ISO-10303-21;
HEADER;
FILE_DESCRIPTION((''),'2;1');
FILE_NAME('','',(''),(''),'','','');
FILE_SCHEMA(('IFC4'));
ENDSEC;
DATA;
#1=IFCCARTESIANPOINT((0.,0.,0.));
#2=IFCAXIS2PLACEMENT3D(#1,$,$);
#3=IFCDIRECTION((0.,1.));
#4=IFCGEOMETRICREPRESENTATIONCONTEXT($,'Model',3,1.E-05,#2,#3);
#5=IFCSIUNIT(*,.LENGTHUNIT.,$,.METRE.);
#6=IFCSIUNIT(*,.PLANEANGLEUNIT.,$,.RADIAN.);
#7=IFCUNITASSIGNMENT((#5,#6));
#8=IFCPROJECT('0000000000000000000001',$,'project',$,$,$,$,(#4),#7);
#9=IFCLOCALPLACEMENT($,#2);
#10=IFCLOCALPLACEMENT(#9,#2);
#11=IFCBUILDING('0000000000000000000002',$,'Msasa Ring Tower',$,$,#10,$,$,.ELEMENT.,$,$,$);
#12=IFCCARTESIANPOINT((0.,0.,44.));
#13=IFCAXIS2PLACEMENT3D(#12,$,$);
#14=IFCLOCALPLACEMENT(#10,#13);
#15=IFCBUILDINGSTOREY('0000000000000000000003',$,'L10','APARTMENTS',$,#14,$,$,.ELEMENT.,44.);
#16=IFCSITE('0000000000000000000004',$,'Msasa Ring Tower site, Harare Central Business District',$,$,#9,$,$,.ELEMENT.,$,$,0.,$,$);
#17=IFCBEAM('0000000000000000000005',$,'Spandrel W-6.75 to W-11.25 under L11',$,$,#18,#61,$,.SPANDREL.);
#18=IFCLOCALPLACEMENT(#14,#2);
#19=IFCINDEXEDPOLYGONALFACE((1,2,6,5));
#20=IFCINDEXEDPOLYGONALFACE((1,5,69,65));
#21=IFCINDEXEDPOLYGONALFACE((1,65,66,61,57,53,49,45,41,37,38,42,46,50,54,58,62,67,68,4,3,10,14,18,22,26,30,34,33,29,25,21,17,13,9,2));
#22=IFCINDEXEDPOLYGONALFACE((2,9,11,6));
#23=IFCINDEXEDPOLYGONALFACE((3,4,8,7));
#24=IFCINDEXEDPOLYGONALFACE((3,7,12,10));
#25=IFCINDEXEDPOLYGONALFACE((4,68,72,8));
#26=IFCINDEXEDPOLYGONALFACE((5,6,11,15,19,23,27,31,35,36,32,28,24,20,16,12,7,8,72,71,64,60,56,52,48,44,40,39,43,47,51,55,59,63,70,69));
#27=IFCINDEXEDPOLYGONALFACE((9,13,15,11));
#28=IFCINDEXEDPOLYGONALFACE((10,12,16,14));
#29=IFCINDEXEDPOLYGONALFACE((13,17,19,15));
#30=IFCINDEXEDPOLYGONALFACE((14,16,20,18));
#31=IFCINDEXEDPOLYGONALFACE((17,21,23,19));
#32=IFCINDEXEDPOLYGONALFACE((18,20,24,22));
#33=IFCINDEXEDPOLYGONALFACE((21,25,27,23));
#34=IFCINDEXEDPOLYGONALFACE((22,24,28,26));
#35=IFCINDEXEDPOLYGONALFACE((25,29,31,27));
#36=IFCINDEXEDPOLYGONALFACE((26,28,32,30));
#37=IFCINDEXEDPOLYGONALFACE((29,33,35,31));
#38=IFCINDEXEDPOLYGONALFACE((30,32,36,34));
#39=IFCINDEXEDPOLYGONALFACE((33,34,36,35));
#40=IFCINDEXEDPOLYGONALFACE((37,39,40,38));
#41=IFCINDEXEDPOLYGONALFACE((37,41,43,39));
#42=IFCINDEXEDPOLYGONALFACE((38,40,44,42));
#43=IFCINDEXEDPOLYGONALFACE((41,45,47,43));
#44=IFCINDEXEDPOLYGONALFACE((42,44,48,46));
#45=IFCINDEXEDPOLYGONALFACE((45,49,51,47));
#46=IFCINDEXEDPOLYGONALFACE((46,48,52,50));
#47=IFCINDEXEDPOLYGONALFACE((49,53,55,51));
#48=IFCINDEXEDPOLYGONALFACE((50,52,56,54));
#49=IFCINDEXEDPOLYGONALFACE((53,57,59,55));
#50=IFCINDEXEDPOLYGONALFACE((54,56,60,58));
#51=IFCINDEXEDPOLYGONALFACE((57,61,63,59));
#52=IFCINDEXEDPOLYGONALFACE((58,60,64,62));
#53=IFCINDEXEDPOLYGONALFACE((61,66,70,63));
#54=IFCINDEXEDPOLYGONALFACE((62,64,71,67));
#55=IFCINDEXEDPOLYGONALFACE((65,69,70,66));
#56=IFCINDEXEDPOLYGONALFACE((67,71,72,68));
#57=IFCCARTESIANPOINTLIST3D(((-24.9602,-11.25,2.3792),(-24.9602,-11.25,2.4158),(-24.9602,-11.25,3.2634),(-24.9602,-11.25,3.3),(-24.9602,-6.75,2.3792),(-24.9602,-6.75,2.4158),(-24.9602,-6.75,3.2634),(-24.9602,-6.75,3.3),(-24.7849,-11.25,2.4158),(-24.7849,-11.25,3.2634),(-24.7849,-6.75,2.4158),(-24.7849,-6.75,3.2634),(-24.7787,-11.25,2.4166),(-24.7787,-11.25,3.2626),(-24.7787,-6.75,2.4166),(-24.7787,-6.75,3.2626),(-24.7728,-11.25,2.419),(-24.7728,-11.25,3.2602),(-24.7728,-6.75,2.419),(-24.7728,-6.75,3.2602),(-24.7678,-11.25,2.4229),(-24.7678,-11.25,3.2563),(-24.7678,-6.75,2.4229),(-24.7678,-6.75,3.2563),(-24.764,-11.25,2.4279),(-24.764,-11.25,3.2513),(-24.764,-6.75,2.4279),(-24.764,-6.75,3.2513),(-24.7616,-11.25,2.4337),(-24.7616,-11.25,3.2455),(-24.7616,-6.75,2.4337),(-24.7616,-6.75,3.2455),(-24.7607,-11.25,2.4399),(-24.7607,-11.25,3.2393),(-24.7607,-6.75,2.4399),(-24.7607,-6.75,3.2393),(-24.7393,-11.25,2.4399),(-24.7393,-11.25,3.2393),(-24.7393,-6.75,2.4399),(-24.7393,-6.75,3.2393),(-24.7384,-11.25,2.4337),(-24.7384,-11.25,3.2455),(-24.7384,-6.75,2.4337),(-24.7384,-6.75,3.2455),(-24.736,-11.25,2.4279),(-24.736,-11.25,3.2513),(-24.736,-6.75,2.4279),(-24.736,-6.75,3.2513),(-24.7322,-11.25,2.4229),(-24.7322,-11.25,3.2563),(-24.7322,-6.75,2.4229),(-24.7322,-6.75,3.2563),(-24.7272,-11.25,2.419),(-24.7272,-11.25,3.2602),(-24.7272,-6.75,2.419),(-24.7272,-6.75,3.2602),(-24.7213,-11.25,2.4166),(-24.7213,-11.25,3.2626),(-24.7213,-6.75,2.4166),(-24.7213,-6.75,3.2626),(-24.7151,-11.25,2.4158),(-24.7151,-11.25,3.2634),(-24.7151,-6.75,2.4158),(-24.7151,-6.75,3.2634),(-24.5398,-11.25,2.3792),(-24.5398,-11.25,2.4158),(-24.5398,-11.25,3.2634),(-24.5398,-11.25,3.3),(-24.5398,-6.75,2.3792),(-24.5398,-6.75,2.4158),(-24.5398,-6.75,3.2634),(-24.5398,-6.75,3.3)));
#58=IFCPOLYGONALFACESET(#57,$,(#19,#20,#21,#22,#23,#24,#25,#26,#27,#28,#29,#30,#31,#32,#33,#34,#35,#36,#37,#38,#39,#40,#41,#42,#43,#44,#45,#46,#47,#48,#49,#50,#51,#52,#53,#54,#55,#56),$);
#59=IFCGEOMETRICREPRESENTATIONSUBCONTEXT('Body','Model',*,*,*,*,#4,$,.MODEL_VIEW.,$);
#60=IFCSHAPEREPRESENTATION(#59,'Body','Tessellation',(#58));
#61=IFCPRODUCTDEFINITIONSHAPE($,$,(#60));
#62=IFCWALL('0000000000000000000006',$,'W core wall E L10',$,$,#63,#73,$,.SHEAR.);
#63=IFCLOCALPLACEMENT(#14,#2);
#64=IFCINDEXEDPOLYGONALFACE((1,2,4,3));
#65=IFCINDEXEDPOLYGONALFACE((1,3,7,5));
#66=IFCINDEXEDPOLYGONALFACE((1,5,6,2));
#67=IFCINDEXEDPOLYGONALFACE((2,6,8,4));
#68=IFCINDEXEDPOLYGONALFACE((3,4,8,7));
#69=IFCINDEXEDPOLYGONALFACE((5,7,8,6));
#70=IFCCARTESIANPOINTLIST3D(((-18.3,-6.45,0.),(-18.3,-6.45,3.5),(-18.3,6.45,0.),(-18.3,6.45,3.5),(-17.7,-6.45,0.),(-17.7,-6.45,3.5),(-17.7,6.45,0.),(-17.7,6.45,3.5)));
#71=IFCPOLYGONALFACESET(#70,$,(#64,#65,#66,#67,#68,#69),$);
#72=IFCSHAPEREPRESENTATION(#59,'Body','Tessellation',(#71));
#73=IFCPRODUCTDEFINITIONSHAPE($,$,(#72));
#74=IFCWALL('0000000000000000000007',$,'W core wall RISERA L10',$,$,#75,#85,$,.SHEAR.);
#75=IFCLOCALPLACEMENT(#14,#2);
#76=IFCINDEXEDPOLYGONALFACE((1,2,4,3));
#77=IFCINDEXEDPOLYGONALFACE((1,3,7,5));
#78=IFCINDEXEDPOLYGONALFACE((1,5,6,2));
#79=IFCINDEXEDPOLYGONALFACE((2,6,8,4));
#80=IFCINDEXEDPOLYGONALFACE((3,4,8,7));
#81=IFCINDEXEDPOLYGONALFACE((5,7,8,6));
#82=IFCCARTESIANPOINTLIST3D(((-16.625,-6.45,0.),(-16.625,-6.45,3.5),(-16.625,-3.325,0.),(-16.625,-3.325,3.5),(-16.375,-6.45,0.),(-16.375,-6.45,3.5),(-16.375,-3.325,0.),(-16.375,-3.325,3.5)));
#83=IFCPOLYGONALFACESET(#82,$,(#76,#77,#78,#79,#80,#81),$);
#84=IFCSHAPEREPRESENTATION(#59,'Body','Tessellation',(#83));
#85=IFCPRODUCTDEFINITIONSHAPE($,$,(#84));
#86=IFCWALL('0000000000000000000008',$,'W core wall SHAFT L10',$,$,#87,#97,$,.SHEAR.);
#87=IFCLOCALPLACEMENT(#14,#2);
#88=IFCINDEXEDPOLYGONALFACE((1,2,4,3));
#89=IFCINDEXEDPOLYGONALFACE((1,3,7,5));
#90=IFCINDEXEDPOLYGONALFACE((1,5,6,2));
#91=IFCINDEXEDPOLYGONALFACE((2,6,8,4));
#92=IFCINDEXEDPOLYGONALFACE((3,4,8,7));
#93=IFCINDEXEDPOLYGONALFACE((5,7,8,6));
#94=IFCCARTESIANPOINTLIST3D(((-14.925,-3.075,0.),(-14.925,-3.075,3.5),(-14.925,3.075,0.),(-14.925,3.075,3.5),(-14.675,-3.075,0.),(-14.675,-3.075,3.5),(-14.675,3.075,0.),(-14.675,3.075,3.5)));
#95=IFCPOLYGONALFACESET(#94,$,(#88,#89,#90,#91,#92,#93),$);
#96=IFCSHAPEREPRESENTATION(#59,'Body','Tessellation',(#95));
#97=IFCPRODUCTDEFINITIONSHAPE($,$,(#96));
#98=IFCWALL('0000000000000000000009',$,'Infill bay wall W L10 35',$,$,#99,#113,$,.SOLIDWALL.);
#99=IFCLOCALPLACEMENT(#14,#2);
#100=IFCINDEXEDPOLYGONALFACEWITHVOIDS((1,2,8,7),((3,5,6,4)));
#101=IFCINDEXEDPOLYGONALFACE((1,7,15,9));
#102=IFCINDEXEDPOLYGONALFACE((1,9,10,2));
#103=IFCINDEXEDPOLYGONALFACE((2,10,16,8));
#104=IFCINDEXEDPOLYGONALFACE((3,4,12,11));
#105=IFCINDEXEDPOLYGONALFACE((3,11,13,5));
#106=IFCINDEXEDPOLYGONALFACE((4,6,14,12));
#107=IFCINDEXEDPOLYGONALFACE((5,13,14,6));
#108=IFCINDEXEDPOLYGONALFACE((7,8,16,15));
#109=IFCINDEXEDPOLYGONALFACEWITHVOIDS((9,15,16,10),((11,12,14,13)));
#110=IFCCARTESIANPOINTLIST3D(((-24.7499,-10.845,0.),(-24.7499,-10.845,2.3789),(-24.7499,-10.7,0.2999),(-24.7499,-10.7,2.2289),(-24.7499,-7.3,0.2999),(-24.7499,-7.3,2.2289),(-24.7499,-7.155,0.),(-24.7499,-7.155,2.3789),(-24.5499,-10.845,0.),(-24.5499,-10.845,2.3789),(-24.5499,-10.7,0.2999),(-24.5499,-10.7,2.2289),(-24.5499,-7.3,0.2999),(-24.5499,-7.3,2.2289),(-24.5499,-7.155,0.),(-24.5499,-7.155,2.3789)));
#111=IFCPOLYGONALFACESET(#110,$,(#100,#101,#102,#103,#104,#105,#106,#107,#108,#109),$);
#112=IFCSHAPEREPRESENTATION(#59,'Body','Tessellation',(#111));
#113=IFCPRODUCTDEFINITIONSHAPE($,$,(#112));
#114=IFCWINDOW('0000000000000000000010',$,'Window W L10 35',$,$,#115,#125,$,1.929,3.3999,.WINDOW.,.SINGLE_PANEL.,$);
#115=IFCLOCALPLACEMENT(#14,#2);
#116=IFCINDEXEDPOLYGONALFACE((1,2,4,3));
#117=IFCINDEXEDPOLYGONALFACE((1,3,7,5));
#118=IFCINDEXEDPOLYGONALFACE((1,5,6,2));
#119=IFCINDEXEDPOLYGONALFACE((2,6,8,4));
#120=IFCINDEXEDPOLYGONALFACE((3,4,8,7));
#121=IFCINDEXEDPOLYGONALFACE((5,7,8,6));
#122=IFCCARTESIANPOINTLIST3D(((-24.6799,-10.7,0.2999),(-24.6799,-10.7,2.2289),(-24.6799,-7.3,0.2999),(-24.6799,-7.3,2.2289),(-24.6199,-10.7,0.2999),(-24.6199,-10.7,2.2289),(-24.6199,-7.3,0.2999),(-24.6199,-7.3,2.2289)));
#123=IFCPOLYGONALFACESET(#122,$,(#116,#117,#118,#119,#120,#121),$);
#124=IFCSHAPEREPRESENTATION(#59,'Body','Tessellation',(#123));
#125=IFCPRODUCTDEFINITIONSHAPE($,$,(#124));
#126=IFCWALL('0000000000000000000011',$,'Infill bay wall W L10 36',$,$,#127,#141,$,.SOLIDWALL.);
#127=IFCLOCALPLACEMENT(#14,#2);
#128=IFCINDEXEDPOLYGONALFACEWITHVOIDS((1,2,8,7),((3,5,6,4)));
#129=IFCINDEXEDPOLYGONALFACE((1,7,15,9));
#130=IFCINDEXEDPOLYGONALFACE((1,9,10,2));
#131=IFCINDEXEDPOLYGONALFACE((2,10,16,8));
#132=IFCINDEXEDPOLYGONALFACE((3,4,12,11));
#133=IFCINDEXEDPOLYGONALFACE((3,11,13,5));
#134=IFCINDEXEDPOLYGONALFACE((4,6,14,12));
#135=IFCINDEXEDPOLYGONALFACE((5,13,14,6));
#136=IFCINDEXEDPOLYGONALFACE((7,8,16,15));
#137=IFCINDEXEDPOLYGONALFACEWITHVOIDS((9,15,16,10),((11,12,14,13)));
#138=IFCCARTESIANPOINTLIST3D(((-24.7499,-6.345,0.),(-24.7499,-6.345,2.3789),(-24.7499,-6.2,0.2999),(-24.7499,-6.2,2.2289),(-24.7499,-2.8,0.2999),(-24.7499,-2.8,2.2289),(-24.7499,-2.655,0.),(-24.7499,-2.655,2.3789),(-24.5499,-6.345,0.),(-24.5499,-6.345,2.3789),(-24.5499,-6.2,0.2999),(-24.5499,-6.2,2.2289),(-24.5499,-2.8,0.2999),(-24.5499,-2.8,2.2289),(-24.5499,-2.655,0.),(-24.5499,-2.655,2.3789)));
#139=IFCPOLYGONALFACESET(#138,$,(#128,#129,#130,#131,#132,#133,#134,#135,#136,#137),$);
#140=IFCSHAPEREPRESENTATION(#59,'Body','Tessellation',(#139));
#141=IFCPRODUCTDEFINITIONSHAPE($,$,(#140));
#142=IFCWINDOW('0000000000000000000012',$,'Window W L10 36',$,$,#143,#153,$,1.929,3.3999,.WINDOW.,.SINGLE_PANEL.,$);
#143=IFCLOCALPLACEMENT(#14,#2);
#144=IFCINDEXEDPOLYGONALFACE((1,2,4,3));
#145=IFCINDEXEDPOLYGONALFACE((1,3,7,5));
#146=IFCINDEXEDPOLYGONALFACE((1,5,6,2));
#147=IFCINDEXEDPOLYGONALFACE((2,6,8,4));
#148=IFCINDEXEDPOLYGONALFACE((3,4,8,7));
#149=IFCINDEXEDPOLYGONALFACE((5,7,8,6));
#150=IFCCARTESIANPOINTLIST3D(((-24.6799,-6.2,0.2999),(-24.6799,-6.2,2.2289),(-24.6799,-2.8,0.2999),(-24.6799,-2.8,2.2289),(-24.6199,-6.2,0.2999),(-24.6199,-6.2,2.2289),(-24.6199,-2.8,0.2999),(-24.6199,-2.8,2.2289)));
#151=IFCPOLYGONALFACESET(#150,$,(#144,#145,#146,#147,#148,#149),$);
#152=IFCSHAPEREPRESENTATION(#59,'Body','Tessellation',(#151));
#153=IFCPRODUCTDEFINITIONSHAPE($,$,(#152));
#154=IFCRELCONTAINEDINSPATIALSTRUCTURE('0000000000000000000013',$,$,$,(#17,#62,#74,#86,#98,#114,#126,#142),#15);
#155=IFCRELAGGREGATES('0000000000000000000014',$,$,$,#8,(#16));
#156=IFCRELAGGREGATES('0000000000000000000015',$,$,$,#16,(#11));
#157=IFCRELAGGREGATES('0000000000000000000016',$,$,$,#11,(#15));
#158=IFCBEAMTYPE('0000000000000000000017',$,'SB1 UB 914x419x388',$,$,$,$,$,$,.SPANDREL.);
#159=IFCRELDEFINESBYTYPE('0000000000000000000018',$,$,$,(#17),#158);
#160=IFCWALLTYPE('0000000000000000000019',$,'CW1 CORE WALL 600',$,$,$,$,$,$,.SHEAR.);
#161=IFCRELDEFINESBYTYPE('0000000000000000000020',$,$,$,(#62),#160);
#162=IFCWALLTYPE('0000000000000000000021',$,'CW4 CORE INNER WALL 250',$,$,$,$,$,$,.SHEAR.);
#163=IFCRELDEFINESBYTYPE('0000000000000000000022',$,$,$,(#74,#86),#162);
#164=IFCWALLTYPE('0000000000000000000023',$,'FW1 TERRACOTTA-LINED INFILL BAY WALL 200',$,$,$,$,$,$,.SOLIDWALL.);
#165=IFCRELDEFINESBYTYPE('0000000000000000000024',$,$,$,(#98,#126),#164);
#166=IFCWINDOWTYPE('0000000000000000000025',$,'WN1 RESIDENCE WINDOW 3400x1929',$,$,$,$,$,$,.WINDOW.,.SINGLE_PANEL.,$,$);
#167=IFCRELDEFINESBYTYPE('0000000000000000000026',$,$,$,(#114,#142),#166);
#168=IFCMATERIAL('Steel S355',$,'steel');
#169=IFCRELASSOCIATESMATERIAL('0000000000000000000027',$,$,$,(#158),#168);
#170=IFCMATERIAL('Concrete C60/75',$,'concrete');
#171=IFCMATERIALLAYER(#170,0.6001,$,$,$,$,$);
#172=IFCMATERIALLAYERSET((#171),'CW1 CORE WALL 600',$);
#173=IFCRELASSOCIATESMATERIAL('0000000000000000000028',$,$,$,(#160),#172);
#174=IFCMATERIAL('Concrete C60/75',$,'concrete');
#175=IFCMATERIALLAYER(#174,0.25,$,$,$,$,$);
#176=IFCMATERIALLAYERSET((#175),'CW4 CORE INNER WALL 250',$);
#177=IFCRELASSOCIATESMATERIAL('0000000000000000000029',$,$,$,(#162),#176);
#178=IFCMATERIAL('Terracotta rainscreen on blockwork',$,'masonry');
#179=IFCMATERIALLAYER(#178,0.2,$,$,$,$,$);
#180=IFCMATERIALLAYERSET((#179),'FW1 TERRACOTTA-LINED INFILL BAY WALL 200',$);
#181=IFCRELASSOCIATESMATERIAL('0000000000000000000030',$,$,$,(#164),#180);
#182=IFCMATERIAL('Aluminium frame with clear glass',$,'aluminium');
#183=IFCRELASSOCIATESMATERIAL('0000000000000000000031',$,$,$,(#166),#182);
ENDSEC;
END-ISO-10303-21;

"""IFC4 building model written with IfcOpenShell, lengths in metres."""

from ifc_helpers import new_model, si_unit, direction, frame, frame_2d, origin, origin_2d, place, context, subcontext, project, spatial, rectangle, i_section, extrude, material, layer, layer_set, material_profile, profile_set, type_object, element, fill, save


model = new_model("IFC4")

# Units and contexts
model_context = context("Model", 3, precision=1e-05, world=origin(), true_north=direction((0.0, 1.0)))
body_context = subcontext(model_context, "Body", "Model", "MODEL_VIEW")
ifc_project = project(units=[si_unit("LENGTHUNIT", "METRE"), si_unit("PLANEANGLEUNIT", "RADIAN")], contexts=[model_context])

# Site, building, storey
site_placement = place(None, origin())
site = spatial("IfcSite", under=ifc_project, at=site_placement, Name="Msasa Ring Tower site, Harare Central Business District", CompositionType="ELEMENT", RefElevation=0.0)
building_placement = place(site_placement, origin())
building = spatial("IfcBuilding", under=site, at=building_placement, Name="Msasa Ring Tower", CompositionType="ELEMENT")
storey_placement = place(building_placement, frame((0.0, 0.0, 44.0)))
storey = spatial("IfcBuildingStorey", under=building, at=storey_placement, Name="L10", Description="APARTMENTS", CompositionType="ELEMENT", Elevation=44.0)

# Beam
ifc_material_1 = material(Name="Steel S355", Category="steel")
ifc_material_profile_1 = material_profile(ifc_material_1, i_section(OverallWidth=0.4204, OverallDepth=0.9209, WebThickness=0.0215, FlangeThickness=0.0366, FilletRadius=0.0242, at=origin_2d()), Name="UB 914x419x388")
ifc_profile_set_1 = profile_set([ifc_material_profile_1], Name="Steel S355")
beam_type_1 = type_object("IfcBeamType", Name="SB1 UB 914x419x388", PredefinedType="SPANDREL", material=ifc_profile_set_1)
for number, where, z_axis, x_axis, name in (
    (1, (-24.75, -6.75, 2.8396), (0.0, -1.0, 0.0), (1.0, 0.0, 0.0), "Spandrel W-6.75 to W-11.25 under L11"),
):
    element("IfcBeam", number, at=place(storey_placement, frame(where, z_axis=z_axis, x_axis=x_axis)), inside=storey, type_object=beam_type_1, Name=name, PredefinedType="SPANDREL", context=body_context, shape_type="SweptSolid", body=[
        extrude(i_section(OverallWidth=0.4204, OverallDepth=0.9209, WebThickness=0.0215, FlangeThickness=0.0366, FilletRadius=0.0242, at=origin_2d()), origin(), (0.0, 0.0, 1.0), 4.5),
    ])

# Walls
ifc_material_2 = material(Name="Concrete C60/75", Category="concrete")
ifc_layer_1 = layer(ifc_material_2, 0.6001)
ifc_layer_set_1 = layer_set([ifc_layer_1], Name="CW1 CORE WALL 600")
wall_type_1 = type_object("IfcWallType", Name="CW1 CORE WALL 600", PredefinedType="SHEAR", material=ifc_layer_set_1)
wall_1_placement = place(storey_placement, frame((-18.0, -6.45, 0.0), z_axis=(0.0, 0.0, 1.0), x_axis=(0.0, 1.0, 0.0)))
element("IfcWall", 2, at=wall_1_placement, inside=storey, type_object=wall_type_1, Name="W core wall E L10", PredefinedType="SHEAR", context=body_context, shape_type="SweptSolid", body=[
    extrude(rectangle(XDim=12.8999, YDim=0.6001, at=frame_2d((6.45, 0.0))), origin(), (0.0, 0.0, 1.0), 3.5),
])
ifc_material_3 = material(Name="Concrete C60/75", Category="concrete")
ifc_layer_2 = layer(ifc_material_3, 0.25)
ifc_layer_set_2 = layer_set([ifc_layer_2], Name="CW4 CORE INNER WALL 250")
wall_type_2 = type_object("IfcWallType", Name="CW4 CORE INNER WALL 250", PredefinedType="SHEAR", material=ifc_layer_set_2)
wall_2_placement = place(storey_placement, frame((-16.5, -6.45, 0.0), z_axis=(0.0, 0.0, 1.0), x_axis=(0.0, 1.0, 0.0)))
element("IfcWall", 3, at=wall_2_placement, inside=storey, type_object=wall_type_2, Name="W core wall RISERA L10", PredefinedType="SHEAR", context=body_context, shape_type="SweptSolid", body=[
    extrude(rectangle(XDim=3.125, YDim=0.25, at=frame_2d((1.5625, 0.0))), origin(), (0.0, 0.0, 1.0), 3.5),
])
wall_3_placement = place(storey_placement, frame((-14.8, -3.075, 0.0), z_axis=(0.0, 0.0, 1.0), x_axis=(0.0, 1.0, 0.0)))
element("IfcWall", 4, at=wall_3_placement, inside=storey, type_object=wall_type_2, Name="W core wall SHAFT L10", PredefinedType="SHEAR", context=body_context, shape_type="SweptSolid", body=[
    extrude(rectangle(XDim=6.1499, YDim=0.25, at=frame_2d((3.075, 0.0))), origin(), (0.0, 0.0, 1.0), 3.5),
])

# Walls, openings, windows
ifc_material_4 = material(Name="Terracotta rainscreen on blockwork", Category="masonry")
ifc_layer_3 = layer(ifc_material_4, 0.2)
ifc_layer_set_3 = layer_set([ifc_layer_3], Name="FW1 TERRACOTTA-LINED INFILL BAY WALL 200")
wall_type_3 = type_object("IfcWallType", Name="FW1 TERRACOTTA-LINED INFILL BAY WALL 200", PredefinedType="SOLIDWALL", material=ifc_layer_set_3)
wall_4_placement = place(storey_placement, frame((-24.6499, -10.845, 0.0), z_axis=(0.0, 0.0, 1.0), x_axis=(0.0, 1.0, 0.0)))
wall_4 = element("IfcWall", 5, at=wall_4_placement, inside=storey, type_object=wall_type_3, Name="Infill bay wall W L10 35", PredefinedType="SOLIDWALL", context=body_context, shape_type="SweptSolid", body=[
    extrude(rectangle(XDim=3.6899, YDim=0.2, at=frame_2d((1.845, 0.0))), origin(), (0.0, 0.0, 1.0), 2.3789),
])
opening_1_placement = place(wall_4_placement, frame((0.145, 0.0, 0.3)))
opening_1 = element("IfcOpeningElement", 6, at=opening_1_placement, cuts=wall_4, PredefinedType="OPENING", context=body_context, shape_type="SweptSolid", body=[
    extrude(rectangle(XDim=3.3999, YDim=1.929, at=frame_2d((1.7, 0.9644))), frame((0.0, 0.1099, 0.0), z_axis=(0.0, -1.0, 0.0), x_axis=(1.0, 0.0, 0.0)), (0.0, 0.0, 1.0), 0.22),
])
ifc_material_5 = material(Name="Aluminium frame with clear glass", Category="aluminium")
window_type = type_object("IfcWindowType", Name="WN1 RESIDENCE WINDOW 3400x1929", PartitioningType="SINGLE_PANEL", PredefinedType="WINDOW", material=ifc_material_5)
window_1_placement = place(opening_1_placement, origin())
window_1 = element("IfcWindow", 7, at=window_1_placement, inside=storey, type_object=window_type, Name="Window W L10 35", OverallHeight=1.929, OverallWidth=3.3999, PartitioningType="SINGLE_PANEL", PredefinedType="WINDOW", context=body_context, shape_type="SweptSolid", body=[
    extrude(rectangle(XDim=3.3999, YDim=1.929, at=frame_2d((1.7, 0.9644))), frame((0.0, 0.03, 0.0), z_axis=(0.0, -1.0, 0.0), x_axis=(1.0, 0.0, 0.0)), (0.0, 0.0, 1.0), 0.0601),
])
fill(opening_1, window_1)
wall_5_placement = place(storey_placement, frame((-24.6499, -6.345, 0.0), z_axis=(0.0, 0.0, 1.0), x_axis=(0.0, 1.0, 0.0)))
wall_5 = element("IfcWall", 8, at=wall_5_placement, inside=storey, type_object=wall_type_3, Name="Infill bay wall W L10 36", PredefinedType="SOLIDWALL", context=body_context, shape_type="SweptSolid", body=[
    extrude(rectangle(XDim=3.6899, YDim=0.2, at=frame_2d((1.845, 0.0))), origin(), (0.0, 0.0, 1.0), 2.3789),
])
opening_2_placement = place(wall_5_placement, frame((0.145, 0.0, 0.3)))
opening_2 = element("IfcOpeningElement", 9, at=opening_2_placement, cuts=wall_5, PredefinedType="OPENING", context=body_context, shape_type="SweptSolid", body=[
    extrude(rectangle(XDim=3.3999, YDim=1.929, at=frame_2d((1.7, 0.9644))), frame((0.0, 0.1099, 0.0), z_axis=(0.0, -1.0, 0.0), x_axis=(1.0, 0.0, 0.0)), (0.0, 0.0, 1.0), 0.22),
])
window_2_placement = place(opening_2_placement, origin())
window_2 = element("IfcWindow", 10, at=window_2_placement, inside=storey, type_object=window_type, Name="Window W L10 36", OverallHeight=1.929, OverallWidth=3.3999, PartitioningType="SINGLE_PANEL", PredefinedType="WINDOW", context=body_context, shape_type="SweptSolid", body=[
    extrude(rectangle(XDim=3.3999, YDim=1.929, at=frame_2d((1.7, 0.9644))), frame((0.0, 0.03, 0.0), z_axis=(0.0, -1.0, 0.0), x_axis=(1.0, 0.0, 0.0)), (0.0, 0.0, 1.0), 0.0601),
])
fill(opening_2, window_2)

save(model, "model.ifc")
